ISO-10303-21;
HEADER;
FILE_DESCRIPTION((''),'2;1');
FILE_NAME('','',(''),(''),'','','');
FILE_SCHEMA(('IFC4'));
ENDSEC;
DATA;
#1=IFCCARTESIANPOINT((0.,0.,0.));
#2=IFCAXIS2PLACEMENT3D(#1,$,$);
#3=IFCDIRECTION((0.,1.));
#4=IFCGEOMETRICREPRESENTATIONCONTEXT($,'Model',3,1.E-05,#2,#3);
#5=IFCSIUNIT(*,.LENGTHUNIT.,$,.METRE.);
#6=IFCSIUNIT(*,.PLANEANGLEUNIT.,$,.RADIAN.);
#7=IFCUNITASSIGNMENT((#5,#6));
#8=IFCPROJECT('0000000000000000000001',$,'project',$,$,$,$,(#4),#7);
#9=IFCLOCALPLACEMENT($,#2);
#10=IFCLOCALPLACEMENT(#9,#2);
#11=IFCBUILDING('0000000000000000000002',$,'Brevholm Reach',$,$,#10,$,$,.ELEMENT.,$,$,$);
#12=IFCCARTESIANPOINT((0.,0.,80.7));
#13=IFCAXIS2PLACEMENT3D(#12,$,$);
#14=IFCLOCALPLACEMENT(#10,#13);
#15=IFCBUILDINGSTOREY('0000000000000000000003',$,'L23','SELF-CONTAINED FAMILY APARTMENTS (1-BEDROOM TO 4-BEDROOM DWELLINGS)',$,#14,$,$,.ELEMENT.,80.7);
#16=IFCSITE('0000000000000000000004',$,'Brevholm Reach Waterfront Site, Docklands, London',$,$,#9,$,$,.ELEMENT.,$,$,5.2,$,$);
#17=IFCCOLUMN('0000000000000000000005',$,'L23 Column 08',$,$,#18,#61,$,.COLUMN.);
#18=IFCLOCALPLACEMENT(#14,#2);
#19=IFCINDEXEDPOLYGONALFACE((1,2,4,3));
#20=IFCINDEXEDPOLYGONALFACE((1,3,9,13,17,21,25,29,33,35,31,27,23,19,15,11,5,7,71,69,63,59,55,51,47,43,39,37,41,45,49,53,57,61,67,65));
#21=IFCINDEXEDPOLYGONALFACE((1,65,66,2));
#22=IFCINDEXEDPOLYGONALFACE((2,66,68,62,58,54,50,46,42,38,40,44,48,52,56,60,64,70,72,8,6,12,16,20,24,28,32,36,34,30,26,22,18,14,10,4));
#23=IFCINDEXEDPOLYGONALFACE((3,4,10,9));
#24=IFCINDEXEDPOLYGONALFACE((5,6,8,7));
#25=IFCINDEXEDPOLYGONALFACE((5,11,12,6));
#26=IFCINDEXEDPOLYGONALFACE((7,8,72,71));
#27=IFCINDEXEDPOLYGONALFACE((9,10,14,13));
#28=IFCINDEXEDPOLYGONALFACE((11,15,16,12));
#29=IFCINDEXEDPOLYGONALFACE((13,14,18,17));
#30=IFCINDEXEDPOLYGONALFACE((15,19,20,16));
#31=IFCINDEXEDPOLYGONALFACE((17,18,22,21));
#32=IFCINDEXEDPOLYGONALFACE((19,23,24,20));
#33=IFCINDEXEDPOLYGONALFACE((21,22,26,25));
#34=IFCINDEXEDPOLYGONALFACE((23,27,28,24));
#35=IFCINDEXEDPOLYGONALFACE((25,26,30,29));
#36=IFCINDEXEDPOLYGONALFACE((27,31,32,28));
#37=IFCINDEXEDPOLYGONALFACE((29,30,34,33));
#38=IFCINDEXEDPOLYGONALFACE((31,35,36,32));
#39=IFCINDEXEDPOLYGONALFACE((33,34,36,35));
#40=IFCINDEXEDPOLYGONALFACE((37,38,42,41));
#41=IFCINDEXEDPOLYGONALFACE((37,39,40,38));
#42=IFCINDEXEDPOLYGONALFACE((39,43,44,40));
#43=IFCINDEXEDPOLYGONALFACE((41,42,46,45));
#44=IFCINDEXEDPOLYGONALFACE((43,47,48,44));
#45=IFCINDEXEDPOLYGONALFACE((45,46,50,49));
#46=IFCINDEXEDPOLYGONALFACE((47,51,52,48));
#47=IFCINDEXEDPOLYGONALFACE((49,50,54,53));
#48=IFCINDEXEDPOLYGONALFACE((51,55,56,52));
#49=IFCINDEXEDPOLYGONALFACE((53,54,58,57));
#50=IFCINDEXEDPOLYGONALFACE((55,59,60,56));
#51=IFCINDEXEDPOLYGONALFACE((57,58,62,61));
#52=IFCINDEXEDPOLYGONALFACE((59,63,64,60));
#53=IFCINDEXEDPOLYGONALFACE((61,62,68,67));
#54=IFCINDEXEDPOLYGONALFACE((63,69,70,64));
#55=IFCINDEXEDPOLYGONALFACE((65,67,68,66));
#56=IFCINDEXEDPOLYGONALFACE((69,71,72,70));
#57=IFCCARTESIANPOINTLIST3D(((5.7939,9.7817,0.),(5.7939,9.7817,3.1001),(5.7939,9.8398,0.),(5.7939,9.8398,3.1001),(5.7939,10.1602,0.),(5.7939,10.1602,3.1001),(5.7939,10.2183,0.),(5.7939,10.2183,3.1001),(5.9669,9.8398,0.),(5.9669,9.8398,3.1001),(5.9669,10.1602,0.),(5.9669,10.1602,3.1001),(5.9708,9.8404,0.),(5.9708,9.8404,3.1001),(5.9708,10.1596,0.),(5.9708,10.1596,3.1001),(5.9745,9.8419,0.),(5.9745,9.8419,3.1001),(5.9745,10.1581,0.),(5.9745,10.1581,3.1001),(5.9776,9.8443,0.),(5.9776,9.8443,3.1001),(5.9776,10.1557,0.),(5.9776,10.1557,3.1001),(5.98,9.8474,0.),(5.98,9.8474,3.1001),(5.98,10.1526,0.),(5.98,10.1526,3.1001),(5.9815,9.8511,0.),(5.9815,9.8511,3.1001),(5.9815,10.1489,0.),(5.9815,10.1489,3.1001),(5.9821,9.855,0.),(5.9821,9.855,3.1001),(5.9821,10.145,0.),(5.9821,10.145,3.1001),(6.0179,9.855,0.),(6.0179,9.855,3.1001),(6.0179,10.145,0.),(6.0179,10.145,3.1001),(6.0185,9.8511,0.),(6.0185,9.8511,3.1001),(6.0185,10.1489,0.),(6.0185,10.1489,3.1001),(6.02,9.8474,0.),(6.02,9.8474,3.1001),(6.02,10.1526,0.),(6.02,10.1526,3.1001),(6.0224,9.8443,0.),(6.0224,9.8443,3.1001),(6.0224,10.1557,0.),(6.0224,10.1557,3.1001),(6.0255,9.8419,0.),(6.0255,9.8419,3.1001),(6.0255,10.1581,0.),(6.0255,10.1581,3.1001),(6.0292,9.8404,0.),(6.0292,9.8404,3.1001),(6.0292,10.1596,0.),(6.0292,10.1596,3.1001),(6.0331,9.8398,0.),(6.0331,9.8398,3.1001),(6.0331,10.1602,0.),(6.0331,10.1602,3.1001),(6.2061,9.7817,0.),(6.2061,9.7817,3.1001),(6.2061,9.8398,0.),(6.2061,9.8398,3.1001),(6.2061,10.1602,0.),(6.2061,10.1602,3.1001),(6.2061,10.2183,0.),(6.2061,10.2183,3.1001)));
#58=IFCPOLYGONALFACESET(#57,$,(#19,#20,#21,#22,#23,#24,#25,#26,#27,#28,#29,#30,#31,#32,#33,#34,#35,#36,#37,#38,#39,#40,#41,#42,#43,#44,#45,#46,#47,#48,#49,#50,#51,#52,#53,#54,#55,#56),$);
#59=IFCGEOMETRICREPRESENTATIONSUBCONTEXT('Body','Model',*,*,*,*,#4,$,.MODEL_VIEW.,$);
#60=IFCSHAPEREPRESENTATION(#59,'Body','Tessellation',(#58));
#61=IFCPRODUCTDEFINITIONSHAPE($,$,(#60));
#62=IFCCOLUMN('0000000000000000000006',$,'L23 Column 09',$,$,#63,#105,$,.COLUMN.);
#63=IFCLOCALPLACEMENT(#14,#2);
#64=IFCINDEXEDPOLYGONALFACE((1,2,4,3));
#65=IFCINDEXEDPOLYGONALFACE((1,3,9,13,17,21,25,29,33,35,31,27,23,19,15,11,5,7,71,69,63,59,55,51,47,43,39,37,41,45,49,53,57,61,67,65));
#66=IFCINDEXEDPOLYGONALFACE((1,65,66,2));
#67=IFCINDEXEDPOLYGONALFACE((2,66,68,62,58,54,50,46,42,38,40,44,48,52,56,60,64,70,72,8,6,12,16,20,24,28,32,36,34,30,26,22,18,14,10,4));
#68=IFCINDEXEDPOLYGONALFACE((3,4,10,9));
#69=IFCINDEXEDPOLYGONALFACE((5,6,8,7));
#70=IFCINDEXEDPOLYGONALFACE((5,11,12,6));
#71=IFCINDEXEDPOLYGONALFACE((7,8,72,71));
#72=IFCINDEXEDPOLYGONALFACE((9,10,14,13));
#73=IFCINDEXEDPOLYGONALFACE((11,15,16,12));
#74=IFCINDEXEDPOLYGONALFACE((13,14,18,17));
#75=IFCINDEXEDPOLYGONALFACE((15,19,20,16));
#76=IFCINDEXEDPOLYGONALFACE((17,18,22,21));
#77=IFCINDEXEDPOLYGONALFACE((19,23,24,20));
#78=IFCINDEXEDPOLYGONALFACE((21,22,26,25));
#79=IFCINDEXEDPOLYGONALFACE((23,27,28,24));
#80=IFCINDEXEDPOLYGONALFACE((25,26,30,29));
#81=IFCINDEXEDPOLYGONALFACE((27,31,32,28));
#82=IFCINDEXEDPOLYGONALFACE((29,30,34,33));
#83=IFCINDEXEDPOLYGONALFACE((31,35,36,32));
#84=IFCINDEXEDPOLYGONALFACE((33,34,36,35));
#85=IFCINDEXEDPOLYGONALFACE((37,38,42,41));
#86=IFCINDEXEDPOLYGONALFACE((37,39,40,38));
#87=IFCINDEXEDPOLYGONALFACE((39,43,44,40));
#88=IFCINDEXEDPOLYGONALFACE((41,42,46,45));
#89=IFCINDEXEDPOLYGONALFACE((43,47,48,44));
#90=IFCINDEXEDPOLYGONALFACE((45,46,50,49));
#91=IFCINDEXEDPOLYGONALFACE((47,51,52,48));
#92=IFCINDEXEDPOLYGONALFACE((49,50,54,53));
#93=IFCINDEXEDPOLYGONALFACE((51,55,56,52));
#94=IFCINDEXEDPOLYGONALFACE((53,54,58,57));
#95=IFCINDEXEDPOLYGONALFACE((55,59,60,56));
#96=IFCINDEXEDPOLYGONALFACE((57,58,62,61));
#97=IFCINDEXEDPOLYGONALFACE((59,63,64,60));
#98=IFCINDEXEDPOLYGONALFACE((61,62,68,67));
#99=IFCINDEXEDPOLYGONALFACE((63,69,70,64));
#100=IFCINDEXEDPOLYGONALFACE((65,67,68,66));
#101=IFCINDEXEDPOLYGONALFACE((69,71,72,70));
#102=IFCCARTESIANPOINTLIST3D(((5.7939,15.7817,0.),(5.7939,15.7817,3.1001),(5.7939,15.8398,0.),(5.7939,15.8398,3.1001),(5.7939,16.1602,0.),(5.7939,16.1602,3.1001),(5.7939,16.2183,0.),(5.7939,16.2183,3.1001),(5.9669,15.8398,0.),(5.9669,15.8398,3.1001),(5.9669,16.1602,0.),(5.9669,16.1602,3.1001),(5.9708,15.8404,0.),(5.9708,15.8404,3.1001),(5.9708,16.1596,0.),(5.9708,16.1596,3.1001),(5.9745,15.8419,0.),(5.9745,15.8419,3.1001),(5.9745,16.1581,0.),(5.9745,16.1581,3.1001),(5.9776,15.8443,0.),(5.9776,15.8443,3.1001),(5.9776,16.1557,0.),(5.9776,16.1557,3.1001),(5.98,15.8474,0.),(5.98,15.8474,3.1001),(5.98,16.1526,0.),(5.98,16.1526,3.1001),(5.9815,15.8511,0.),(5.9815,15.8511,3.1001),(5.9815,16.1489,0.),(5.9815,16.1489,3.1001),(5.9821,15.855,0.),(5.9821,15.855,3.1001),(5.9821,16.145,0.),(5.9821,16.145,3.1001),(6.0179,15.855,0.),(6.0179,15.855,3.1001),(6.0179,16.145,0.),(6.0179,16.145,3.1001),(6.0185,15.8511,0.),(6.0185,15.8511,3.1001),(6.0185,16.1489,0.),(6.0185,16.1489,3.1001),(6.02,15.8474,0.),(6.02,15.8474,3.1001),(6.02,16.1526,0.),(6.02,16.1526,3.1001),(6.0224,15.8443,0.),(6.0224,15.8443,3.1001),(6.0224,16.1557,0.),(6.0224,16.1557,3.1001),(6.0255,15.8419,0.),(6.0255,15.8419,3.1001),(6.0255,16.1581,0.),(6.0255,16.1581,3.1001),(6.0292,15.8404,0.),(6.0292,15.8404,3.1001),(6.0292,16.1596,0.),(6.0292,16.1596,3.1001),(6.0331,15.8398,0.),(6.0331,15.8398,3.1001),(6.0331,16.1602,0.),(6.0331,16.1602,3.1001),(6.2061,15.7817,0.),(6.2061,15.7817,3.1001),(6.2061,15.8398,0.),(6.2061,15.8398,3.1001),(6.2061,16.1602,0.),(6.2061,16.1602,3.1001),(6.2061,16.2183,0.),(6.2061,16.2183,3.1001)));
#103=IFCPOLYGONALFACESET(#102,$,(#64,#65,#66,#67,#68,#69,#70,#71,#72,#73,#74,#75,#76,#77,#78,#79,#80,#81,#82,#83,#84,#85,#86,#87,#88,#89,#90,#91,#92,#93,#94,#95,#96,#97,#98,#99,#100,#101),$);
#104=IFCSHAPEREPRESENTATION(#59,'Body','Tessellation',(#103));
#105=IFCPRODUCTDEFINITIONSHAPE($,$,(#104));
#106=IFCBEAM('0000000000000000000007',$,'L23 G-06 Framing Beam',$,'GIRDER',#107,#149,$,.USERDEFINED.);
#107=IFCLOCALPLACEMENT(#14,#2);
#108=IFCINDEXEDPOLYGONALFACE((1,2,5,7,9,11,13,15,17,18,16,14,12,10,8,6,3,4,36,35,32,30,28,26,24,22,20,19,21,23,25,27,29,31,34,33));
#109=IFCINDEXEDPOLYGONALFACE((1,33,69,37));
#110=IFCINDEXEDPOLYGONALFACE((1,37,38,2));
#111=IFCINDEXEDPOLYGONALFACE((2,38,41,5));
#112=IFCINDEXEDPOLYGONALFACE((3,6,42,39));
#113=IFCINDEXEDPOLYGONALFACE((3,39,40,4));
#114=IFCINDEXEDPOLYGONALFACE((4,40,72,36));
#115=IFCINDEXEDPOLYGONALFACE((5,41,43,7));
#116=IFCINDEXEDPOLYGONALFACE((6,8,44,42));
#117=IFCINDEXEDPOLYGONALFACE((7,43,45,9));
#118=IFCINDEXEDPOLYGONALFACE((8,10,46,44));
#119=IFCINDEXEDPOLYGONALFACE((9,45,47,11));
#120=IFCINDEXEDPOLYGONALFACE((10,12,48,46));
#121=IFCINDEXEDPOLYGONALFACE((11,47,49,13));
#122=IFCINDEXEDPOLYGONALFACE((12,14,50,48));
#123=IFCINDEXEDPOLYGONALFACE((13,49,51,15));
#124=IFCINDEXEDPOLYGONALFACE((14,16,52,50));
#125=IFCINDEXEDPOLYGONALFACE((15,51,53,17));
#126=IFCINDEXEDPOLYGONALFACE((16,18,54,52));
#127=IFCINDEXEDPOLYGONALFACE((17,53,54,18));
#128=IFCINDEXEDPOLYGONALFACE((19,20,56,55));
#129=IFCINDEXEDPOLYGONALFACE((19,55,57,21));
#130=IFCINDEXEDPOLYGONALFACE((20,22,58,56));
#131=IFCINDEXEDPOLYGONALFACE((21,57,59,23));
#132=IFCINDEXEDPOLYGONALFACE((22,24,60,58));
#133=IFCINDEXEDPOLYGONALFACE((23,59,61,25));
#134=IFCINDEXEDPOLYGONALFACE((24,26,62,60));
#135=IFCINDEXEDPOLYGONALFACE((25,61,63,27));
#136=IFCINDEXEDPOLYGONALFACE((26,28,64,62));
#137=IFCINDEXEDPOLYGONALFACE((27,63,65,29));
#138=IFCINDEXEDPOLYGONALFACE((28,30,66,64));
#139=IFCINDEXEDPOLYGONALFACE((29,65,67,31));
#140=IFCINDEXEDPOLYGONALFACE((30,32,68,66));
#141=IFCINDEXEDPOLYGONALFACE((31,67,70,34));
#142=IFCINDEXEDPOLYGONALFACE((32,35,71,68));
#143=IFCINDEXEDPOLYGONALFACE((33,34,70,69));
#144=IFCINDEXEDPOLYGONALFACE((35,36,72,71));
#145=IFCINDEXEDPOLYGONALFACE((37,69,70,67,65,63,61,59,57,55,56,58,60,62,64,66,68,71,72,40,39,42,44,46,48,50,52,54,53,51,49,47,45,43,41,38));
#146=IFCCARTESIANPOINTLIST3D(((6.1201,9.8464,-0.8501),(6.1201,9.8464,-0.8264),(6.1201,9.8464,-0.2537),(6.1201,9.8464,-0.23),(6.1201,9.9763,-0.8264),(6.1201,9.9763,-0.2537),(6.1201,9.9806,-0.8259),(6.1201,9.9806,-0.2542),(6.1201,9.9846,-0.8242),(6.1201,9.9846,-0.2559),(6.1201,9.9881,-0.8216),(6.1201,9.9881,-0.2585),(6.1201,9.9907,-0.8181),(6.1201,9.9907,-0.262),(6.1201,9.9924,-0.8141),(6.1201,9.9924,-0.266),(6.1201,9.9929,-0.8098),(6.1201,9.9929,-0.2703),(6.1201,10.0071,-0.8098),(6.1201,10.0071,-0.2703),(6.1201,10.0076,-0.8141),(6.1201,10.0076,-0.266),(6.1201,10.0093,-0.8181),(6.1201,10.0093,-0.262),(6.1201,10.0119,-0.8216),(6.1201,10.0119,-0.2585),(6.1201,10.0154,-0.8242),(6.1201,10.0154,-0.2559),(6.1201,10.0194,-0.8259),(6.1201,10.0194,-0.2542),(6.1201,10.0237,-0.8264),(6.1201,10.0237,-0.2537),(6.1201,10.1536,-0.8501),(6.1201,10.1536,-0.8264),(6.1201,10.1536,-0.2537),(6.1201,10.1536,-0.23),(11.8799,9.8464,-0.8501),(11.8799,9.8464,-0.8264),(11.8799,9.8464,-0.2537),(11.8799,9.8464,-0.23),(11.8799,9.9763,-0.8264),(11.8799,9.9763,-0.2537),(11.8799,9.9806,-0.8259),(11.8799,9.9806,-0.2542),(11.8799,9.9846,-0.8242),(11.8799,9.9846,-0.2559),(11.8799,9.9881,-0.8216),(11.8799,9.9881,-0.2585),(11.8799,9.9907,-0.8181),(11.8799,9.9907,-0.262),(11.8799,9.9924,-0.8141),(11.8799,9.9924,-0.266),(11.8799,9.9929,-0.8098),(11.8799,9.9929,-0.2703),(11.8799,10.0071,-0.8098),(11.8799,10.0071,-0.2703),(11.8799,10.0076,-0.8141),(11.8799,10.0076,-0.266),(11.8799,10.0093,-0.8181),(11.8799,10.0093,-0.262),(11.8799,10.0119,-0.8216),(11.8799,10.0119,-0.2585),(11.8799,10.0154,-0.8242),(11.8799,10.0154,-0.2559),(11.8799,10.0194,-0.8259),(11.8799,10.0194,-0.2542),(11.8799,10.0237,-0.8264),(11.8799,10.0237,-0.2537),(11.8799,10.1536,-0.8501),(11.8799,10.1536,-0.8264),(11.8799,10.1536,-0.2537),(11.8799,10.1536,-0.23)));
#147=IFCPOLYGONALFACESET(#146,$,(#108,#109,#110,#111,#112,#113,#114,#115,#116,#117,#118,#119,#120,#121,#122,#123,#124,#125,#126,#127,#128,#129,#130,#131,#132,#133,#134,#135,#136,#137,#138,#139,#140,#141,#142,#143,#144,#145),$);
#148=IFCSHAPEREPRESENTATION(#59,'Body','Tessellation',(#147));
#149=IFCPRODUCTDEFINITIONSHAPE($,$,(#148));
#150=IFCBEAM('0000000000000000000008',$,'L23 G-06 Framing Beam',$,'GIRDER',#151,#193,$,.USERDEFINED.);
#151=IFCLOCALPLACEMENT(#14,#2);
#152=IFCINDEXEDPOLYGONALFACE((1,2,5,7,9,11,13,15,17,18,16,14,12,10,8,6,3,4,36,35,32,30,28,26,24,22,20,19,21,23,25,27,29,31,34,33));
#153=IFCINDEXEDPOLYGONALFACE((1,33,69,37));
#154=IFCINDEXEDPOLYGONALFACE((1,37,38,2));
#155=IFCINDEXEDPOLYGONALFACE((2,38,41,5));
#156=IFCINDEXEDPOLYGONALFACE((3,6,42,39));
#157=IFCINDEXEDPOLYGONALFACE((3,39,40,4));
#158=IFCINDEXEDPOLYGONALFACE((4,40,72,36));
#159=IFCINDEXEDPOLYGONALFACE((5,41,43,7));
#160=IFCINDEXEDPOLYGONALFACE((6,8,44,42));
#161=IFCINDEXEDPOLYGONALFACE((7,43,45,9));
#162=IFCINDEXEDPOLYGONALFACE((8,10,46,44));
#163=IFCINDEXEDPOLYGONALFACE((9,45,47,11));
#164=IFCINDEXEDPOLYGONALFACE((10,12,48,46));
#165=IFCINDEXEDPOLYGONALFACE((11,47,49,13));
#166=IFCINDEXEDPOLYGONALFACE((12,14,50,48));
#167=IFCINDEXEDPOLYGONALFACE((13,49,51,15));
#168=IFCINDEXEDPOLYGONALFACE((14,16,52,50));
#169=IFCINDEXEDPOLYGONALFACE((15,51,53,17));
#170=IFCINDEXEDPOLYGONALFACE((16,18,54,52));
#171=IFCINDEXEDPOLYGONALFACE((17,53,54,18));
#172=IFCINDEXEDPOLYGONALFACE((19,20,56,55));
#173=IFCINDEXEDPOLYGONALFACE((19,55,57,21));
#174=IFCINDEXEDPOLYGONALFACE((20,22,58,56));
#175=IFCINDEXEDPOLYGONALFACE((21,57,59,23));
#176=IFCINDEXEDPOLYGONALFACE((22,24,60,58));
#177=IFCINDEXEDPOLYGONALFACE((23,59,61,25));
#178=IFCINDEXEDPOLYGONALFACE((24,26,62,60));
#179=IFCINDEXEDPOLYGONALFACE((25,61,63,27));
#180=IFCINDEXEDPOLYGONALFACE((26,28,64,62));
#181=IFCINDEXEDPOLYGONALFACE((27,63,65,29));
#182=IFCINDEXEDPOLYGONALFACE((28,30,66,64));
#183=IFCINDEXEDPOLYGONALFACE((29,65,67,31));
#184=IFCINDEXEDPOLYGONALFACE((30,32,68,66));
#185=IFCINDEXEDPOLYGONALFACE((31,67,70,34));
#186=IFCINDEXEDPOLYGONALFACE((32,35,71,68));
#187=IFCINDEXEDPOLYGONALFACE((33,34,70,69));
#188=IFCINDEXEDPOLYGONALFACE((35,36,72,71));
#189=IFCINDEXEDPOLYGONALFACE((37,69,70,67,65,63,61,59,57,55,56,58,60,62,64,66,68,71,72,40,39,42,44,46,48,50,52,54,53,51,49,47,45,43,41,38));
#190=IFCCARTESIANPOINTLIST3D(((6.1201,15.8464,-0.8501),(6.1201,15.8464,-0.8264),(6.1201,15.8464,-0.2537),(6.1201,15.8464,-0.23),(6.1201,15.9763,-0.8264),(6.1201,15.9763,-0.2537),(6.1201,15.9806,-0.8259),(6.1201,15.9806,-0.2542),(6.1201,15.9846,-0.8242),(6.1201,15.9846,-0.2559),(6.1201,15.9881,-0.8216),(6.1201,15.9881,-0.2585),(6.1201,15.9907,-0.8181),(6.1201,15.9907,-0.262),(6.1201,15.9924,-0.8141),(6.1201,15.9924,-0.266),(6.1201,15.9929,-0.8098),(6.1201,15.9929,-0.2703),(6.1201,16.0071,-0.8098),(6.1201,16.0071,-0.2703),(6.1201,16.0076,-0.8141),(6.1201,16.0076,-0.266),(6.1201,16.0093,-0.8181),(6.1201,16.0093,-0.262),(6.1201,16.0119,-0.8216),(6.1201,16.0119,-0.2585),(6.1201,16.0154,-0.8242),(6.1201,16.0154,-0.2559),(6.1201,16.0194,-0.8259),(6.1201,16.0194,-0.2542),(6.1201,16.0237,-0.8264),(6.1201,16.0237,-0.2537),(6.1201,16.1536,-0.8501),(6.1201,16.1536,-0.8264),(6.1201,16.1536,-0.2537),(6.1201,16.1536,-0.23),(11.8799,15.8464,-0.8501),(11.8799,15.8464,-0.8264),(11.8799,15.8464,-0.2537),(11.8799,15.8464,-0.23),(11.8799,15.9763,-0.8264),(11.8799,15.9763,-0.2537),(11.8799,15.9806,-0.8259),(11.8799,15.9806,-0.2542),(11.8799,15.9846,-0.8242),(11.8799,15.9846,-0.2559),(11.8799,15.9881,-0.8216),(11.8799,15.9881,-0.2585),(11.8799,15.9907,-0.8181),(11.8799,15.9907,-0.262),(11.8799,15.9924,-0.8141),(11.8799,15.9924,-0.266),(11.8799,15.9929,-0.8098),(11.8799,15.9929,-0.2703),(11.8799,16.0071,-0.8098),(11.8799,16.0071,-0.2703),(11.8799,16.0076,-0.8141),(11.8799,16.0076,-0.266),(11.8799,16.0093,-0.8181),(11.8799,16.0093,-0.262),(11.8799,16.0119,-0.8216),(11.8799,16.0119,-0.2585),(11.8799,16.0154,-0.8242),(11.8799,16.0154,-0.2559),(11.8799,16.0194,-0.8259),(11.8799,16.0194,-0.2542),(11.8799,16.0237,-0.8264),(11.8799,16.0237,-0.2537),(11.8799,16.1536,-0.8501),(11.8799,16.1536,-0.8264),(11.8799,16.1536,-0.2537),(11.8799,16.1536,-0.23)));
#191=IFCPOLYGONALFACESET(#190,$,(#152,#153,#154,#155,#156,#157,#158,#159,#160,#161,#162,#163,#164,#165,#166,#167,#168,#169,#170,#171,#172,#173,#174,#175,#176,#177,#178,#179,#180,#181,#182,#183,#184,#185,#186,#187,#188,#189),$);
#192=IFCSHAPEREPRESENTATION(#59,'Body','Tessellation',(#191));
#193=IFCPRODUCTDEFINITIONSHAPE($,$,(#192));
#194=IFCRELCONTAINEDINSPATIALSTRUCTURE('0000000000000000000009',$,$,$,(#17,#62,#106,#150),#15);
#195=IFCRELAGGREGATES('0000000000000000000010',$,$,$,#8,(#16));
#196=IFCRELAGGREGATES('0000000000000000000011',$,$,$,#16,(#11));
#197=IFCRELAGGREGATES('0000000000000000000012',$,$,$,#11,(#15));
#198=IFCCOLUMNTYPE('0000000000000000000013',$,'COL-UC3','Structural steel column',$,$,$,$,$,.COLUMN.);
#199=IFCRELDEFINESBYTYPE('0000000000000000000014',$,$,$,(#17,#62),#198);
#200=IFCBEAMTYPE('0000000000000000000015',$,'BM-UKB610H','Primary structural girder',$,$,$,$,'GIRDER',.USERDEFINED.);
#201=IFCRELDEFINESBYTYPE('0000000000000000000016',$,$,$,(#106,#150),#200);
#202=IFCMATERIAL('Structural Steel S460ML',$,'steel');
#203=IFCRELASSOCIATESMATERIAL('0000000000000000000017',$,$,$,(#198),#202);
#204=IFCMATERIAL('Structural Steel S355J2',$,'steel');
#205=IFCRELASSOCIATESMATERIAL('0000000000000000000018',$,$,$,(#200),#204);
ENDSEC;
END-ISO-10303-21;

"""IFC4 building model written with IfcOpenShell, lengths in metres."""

from ifc_helpers import new_model, si_unit, direction, frame, origin, origin_2d, place, context, subcontext, project, spatial, i_section, extrude, material, material_profile, profile_set, type_object, element, save


model = new_model("IFC4")

# Units and contexts
model_context = context("Model", 3, precision=1e-05, world=origin(), true_north=direction((0.0, 1.0)))
body_context = subcontext(model_context, "Body", "Model", "MODEL_VIEW")
ifc_project = project(units=[si_unit("LENGTHUNIT", "METRE"), si_unit("PLANEANGLEUNIT", "RADIAN")], contexts=[model_context])

# Site, building, storey
site_placement = place(None, origin())
site = spatial("IfcSite", under=ifc_project, at=site_placement, Name="Brevholm Reach Waterfront Site, Docklands, London", CompositionType="ELEMENT", RefElevation=5.2)
building_placement = place(site_placement, origin())
building = spatial("IfcBuilding", under=site, at=building_placement, Name="Brevholm Reach", CompositionType="ELEMENT")
storey_placement = place(building_placement, frame((0.0, 0.0, 80.7)))
storey = spatial("IfcBuildingStorey", under=building, at=storey_placement, Name="L23", Description="SELF-CONTAINED FAMILY APARTMENTS (1-BEDROOM TO 4-BEDROOM DWELLINGS)", CompositionType="ELEMENT", Elevation=80.7)

# Columns
ifc_material_1 = material(Name="Structural Steel S460ML", Category="steel")
ifc_material_profile_1 = material_profile(ifc_material_1, i_section(OverallWidth=0.4121, OverallDepth=0.4365, WebThickness=0.0359, FlangeThickness=0.0581, FilletRadius=0.0151, at=origin_2d()), Name="UKC 356x406x467")
ifc_profile_set_1 = profile_set([ifc_material_profile_1], Name="Structural Steel S460ML")
column_type = type_object("IfcColumnType", Name="COL-UC3", Description="Structural steel column", PredefinedType="COLUMN", material=ifc_profile_set_1)
for number, where, z_axis, x_axis, name in (
    (1, (6.0, 10.0, 0.0), (0.0, 0.0, 1.0), (1.0, 0.0, 0.0), "L23 Column 08"),
    (2, (6.0, 16.0, 0.0), (0.0, 0.0, 1.0), (1.0, 0.0, 0.0), "L23 Column 09"),
):
    element("IfcColumn", number, at=place(storey_placement, frame(where, z_axis=z_axis, x_axis=x_axis)), inside=storey, type_object=column_type, Name=name, PredefinedType="COLUMN", context=body_context, shape_type="SweptSolid", body=[
        extrude(i_section(OverallWidth=0.4121, OverallDepth=0.4365, WebThickness=0.0359, FlangeThickness=0.0581, FilletRadius=0.0151, at=origin_2d()), origin(), (0.0, 0.0, 1.0), 3.1001),
    ])

# Beams
ifc_material_2 = material(Name="Structural Steel S355J2", Category="steel")
ifc_material_profile_2 = material_profile(ifc_material_2, i_section(OverallWidth=0.3071, OverallDepth=0.6201, WebThickness=0.0142, FlangeThickness=0.0237, FilletRadius=0.0166, at=origin_2d()), Name="UKB 610x305x179")
ifc_profile_set_2 = profile_set([ifc_material_profile_2], Name="Structural Steel S355J2")
beam_type = type_object("IfcBeamType", Name="BM-UKB610H", Description="Primary structural girder", ElementType="GIRDER", PredefinedType="USERDEFINED", material=ifc_profile_set_2)
for number, where, z_axis, x_axis, name in (
    (3, (6.1201, 10.0, -0.54), (1.0, 0.0, 0.0), (0.0, 1.0, 0.0), "L23 G-06 Framing Beam"),
    (4, (6.1201, 16.0, -0.54), (1.0, 0.0, 0.0), (0.0, 1.0, 0.0), "L23 G-06 Framing Beam"),
):
    element("IfcBeam", number, at=place(storey_placement, frame(where, z_axis=z_axis, x_axis=x_axis)), inside=storey, type_object=beam_type, Name=name, ObjectType="GIRDER", PredefinedType="USERDEFINED", context=body_context, shape_type="SweptSolid", body=[
        extrude(i_section(OverallWidth=0.3071, OverallDepth=0.6201, WebThickness=0.0142, FlangeThickness=0.0237, FilletRadius=0.0166, at=origin_2d()), origin(), (0.0, 0.0, 1.0), 5.7598),
    ])

save(model, "model.ifc")
